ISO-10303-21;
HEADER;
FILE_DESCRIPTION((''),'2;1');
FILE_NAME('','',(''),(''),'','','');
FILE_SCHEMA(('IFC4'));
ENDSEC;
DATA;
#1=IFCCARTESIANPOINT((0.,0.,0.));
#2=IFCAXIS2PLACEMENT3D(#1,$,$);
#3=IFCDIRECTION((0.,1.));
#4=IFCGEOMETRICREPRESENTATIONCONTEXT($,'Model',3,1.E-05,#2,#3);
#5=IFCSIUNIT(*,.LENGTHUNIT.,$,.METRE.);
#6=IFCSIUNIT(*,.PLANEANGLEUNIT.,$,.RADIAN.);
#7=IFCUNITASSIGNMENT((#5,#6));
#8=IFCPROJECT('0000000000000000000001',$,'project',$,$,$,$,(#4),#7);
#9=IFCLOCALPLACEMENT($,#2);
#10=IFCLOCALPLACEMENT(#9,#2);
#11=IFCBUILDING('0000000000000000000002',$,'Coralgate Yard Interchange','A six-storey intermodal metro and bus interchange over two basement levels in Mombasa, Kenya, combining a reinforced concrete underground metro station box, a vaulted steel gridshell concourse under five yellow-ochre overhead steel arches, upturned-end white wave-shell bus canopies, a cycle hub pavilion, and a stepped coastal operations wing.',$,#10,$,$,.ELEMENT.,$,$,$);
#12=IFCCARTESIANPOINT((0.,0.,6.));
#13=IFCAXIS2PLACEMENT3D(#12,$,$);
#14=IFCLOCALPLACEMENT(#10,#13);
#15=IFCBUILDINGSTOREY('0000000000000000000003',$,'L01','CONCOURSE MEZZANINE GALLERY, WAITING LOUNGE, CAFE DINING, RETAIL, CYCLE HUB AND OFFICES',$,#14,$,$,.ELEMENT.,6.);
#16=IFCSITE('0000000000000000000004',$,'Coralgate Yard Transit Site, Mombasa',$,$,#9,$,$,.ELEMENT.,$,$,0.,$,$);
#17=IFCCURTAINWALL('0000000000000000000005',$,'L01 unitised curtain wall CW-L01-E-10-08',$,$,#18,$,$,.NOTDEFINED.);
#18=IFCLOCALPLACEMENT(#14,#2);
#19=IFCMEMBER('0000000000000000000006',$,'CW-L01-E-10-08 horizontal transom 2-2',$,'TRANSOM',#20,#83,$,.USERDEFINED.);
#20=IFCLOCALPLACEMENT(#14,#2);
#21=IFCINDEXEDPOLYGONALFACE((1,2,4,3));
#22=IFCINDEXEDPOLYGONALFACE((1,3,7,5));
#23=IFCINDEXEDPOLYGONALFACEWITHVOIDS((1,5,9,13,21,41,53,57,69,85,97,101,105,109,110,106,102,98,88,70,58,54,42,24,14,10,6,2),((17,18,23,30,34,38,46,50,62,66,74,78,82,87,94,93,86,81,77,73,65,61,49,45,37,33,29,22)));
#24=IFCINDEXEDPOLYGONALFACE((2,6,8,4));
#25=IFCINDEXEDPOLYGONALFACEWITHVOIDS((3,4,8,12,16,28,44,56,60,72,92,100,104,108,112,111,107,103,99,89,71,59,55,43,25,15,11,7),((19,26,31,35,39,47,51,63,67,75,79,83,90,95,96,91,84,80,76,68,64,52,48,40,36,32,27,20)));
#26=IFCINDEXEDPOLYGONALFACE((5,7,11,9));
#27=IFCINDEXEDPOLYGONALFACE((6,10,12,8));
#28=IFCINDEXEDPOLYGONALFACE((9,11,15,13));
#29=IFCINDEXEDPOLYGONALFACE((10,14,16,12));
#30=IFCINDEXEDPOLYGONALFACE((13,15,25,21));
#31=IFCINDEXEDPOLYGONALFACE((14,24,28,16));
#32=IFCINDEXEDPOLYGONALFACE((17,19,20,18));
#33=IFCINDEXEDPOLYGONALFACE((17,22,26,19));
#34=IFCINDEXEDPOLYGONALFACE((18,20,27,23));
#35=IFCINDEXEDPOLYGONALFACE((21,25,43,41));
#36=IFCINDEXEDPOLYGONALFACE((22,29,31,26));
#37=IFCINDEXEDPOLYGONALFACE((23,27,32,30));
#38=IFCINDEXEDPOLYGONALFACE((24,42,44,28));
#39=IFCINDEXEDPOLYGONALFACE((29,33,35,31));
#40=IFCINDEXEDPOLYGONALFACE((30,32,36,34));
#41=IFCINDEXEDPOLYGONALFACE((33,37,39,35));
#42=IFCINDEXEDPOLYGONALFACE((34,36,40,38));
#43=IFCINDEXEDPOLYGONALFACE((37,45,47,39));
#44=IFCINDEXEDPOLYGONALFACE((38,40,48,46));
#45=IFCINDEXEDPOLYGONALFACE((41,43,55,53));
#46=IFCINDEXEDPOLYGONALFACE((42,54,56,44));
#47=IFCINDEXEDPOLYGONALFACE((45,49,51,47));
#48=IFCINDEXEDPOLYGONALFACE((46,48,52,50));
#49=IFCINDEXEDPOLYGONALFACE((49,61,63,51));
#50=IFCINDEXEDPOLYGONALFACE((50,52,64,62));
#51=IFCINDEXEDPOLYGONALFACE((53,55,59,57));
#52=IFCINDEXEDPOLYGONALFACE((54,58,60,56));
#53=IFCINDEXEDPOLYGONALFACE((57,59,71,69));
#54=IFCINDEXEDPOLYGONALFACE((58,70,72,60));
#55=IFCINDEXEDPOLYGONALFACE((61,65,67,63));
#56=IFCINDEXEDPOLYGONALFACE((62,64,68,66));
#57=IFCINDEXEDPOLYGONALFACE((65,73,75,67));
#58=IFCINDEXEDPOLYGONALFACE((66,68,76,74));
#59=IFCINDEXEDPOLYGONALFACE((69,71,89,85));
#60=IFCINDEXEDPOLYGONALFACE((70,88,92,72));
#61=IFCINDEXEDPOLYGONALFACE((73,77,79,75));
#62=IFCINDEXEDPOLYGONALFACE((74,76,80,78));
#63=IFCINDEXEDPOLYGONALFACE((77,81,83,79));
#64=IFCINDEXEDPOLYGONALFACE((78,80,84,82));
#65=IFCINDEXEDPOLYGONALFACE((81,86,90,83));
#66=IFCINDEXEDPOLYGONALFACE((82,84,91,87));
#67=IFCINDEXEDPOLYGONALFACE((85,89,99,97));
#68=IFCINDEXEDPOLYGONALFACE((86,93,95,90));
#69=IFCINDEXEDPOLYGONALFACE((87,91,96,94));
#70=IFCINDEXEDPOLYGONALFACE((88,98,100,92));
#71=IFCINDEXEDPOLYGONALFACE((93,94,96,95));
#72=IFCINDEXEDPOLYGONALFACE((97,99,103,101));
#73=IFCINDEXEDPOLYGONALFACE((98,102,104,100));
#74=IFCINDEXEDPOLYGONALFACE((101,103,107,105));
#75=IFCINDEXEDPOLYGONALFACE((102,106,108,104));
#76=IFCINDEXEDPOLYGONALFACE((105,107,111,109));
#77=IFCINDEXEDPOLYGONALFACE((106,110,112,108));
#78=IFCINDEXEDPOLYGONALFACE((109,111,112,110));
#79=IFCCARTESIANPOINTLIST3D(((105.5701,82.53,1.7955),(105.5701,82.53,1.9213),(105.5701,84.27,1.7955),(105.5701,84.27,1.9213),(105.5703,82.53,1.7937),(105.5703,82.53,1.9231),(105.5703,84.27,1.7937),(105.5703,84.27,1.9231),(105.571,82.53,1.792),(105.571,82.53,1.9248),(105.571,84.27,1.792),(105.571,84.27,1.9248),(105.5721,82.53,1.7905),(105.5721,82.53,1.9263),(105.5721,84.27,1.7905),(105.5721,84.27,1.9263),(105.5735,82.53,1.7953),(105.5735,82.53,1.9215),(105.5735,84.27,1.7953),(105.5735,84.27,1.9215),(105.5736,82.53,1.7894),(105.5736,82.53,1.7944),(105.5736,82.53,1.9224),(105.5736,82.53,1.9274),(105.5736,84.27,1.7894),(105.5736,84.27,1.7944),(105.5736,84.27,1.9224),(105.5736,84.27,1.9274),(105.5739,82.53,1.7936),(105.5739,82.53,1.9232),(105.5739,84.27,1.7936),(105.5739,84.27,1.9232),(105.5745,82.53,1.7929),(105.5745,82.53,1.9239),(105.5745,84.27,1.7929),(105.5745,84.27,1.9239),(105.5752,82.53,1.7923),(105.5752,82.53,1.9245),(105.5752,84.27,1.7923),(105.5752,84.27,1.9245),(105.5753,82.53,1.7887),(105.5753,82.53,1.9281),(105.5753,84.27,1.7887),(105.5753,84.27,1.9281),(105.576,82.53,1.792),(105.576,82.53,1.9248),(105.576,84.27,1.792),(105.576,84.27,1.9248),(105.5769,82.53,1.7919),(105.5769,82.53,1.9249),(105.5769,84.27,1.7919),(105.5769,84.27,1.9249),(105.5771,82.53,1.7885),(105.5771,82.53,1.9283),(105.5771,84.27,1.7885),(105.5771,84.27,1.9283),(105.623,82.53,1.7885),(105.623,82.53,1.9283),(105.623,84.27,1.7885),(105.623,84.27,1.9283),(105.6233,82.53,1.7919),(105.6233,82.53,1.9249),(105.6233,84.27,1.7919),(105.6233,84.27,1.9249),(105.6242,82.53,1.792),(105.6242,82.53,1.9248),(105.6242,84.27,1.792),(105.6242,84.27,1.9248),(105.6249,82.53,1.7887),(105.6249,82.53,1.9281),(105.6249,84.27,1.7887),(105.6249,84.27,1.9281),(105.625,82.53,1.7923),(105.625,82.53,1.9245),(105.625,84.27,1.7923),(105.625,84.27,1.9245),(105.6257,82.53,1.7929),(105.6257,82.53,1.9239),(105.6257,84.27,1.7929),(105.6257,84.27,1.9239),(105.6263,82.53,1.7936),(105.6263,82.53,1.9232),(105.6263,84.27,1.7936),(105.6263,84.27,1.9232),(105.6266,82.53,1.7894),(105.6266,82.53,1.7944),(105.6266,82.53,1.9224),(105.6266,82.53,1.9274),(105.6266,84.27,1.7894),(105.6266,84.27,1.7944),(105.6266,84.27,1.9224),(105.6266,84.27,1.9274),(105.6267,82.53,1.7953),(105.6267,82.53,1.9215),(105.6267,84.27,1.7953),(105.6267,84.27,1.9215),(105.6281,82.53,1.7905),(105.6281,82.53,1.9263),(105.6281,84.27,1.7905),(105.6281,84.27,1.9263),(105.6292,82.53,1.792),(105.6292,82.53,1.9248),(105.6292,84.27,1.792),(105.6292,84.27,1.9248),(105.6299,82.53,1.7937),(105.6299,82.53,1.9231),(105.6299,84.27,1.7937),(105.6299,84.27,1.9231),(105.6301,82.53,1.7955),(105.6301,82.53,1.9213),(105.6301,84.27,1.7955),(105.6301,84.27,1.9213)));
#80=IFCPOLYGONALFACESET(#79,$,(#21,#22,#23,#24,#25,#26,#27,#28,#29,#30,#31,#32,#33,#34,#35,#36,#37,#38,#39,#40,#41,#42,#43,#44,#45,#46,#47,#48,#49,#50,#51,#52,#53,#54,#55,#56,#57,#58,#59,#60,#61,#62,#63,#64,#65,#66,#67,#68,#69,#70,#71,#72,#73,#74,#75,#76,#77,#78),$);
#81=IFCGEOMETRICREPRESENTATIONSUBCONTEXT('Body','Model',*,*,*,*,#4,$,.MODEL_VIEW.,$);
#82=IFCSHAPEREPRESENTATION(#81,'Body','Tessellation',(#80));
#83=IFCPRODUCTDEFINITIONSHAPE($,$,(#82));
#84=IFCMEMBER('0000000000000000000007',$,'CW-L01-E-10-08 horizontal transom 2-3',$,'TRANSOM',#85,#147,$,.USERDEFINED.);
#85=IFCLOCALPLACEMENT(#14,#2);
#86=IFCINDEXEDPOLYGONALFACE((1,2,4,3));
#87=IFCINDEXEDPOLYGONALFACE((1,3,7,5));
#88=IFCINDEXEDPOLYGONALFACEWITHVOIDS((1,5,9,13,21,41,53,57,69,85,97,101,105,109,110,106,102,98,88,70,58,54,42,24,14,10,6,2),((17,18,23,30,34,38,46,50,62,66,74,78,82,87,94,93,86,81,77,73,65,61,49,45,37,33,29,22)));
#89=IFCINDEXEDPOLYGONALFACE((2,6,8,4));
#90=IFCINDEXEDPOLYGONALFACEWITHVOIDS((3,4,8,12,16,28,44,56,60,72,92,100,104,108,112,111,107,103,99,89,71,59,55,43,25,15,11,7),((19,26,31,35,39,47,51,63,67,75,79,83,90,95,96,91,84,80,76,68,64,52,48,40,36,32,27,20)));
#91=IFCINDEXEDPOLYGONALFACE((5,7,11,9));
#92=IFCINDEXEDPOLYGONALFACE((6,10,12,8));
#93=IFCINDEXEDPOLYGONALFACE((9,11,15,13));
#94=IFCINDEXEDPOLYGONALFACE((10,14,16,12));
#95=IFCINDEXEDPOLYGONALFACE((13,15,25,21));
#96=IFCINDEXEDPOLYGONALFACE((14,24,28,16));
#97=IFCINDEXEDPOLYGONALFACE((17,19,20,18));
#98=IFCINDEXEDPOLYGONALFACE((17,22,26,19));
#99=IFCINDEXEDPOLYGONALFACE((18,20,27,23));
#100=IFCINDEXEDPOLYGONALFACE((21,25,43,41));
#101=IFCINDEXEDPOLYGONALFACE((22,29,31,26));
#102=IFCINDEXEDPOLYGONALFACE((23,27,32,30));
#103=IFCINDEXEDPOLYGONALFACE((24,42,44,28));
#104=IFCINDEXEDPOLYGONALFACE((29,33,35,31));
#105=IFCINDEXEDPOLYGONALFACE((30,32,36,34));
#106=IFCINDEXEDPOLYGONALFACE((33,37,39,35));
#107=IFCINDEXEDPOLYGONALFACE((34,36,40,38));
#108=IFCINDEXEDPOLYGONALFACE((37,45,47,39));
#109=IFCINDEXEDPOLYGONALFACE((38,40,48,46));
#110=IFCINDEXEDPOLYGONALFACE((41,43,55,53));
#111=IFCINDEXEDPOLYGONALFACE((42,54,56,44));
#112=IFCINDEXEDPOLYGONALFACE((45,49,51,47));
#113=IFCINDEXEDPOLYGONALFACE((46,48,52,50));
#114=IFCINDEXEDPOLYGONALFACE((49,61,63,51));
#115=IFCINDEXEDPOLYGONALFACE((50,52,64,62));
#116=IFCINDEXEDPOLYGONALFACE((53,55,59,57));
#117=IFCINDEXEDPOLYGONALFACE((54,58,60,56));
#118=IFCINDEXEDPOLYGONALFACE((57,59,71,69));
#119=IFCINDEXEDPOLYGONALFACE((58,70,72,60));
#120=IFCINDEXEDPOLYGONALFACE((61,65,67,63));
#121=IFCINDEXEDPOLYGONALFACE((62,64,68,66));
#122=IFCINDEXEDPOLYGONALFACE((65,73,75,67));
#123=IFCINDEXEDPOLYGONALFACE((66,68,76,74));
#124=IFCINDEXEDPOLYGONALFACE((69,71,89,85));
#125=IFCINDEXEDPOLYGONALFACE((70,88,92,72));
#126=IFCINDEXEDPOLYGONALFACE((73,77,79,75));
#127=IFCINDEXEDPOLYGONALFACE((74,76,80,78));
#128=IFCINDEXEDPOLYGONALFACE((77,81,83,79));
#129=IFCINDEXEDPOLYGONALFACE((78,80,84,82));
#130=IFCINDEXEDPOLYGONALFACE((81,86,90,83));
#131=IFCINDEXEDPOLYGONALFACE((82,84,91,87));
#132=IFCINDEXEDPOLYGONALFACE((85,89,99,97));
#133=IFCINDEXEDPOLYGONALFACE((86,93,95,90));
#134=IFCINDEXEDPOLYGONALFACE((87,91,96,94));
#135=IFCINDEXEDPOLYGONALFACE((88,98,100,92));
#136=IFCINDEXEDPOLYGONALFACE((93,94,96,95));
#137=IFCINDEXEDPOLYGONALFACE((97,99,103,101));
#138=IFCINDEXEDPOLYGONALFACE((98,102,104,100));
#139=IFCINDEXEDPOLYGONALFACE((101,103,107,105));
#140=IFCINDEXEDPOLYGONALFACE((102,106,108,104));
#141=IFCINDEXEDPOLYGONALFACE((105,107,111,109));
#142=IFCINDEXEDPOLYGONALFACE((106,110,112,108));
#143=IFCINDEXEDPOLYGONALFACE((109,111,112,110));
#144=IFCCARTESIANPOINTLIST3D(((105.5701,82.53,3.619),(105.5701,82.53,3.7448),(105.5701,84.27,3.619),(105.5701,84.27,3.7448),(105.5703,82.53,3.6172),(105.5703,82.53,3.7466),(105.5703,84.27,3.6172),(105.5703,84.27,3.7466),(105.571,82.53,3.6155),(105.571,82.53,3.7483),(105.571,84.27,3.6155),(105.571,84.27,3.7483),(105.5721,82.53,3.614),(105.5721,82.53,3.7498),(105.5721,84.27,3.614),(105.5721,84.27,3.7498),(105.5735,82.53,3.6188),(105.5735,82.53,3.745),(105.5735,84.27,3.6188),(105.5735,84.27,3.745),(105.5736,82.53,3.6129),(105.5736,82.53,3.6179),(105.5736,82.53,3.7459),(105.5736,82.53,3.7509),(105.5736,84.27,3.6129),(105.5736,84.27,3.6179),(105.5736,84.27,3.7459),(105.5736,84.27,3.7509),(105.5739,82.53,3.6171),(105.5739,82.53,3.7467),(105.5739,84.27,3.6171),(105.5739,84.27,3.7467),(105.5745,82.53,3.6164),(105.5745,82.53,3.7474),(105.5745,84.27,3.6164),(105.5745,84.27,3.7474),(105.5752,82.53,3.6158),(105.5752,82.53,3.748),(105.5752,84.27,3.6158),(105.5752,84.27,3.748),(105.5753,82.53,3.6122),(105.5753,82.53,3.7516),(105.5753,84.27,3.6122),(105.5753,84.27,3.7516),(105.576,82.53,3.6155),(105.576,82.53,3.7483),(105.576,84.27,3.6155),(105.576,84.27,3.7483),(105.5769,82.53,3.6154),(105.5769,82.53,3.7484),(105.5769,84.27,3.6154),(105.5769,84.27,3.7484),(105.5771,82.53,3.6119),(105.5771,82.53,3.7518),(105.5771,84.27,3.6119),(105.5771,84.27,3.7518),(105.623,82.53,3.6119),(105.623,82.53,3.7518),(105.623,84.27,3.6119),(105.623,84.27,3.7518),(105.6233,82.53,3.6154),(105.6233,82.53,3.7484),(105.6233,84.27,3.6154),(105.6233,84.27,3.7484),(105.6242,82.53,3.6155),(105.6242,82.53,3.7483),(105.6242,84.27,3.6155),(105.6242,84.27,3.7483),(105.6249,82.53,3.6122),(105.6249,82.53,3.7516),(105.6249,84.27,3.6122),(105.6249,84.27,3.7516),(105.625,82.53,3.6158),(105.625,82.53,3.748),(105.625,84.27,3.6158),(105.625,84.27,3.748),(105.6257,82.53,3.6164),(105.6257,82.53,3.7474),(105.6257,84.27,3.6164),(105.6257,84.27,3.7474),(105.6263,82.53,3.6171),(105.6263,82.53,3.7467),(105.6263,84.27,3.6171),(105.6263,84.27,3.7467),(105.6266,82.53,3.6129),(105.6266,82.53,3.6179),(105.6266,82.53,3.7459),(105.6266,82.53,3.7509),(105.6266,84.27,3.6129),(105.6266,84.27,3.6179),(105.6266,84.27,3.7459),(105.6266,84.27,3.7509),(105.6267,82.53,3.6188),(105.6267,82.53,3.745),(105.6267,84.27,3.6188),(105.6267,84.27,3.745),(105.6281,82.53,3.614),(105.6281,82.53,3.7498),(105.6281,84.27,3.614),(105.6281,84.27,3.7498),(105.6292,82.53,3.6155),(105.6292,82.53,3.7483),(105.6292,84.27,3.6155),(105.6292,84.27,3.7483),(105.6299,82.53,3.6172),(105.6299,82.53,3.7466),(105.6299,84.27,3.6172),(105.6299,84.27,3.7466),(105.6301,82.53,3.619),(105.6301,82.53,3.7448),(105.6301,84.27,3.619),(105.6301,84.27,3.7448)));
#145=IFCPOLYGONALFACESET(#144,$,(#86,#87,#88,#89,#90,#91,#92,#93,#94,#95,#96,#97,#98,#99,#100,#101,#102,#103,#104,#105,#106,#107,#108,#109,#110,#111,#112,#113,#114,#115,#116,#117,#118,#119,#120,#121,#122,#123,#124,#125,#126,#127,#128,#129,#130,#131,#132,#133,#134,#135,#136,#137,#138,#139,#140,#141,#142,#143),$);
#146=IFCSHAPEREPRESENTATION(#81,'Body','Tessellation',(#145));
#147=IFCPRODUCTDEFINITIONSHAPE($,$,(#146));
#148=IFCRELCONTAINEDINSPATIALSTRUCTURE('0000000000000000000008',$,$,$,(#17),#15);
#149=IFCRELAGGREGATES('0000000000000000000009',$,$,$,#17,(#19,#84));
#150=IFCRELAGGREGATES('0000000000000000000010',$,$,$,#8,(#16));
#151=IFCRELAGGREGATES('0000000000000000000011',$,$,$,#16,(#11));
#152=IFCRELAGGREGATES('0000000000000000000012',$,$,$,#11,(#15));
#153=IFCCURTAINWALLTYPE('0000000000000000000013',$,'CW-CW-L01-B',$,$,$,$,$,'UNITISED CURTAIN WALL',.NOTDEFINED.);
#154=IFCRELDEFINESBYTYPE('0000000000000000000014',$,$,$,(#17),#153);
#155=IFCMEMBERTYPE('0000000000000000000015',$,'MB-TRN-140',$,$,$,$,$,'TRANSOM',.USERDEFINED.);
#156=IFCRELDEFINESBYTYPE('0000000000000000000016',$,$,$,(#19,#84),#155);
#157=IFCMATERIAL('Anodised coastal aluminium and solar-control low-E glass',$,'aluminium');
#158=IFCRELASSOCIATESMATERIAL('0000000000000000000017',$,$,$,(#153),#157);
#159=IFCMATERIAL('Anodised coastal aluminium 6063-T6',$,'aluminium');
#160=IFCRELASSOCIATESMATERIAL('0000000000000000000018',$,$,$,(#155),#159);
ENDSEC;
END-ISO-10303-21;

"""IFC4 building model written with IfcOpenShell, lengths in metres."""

from ifc_helpers import new_model, si_unit, direction, frame, origin, origin_2d, place, context, subcontext, project, spatial, hollow_rectangle, extrude, material, material_profile, profile_set, type_object, element, aggregate, save


model = new_model("IFC4")

# Units and contexts
model_context = context("Model", 3, precision=1e-05, world=origin(), true_north=direction((0.0, 1.0)))
body_context = subcontext(model_context, "Body", "Model", "MODEL_VIEW")
ifc_project = project(units=[si_unit("LENGTHUNIT", "METRE"), si_unit("PLANEANGLEUNIT", "RADIAN")], contexts=[model_context])

# Site, building, storey
site_placement = place(None, origin())
site = spatial("IfcSite", under=ifc_project, at=site_placement, Name="Coralgate Yard Transit Site, Mombasa", CompositionType="ELEMENT", RefElevation=0.0)
building_placement = place(site_placement, origin())
building = spatial("IfcBuilding", under=site, at=building_placement, Name="Coralgate Yard Interchange", Description="A six-storey intermodal metro and bus interchange over two basement levels in Mombasa, Kenya, combining a reinforced concrete underground metro station box, a vaulted steel gridshell concourse under five yellow-ochre overhead steel arches, upturned-end white wave-shell bus canopies, a cycle hub pavilion, and a stepped coastal operations wing.", CompositionType="ELEMENT")
storey_placement = place(building_placement, frame((0.0, 0.0, 6.0)))
storey = spatial("IfcBuildingStorey", under=building, at=storey_placement, Name="L01", Description="CONCOURSE MEZZANINE GALLERY, WAITING LOUNGE, CAFE DINING, RETAIL, CYCLE HUB AND OFFICES", CompositionType="ELEMENT", Elevation=6.0)

# Curtain wall, members
ifc_material_1 = material(Name="Anodised coastal aluminium and solar-control low-E glass", Category="aluminium")
curtain_wall_type = type_object("IfcCurtainWallType", Name="CW-CW-L01-B", ElementType="UNITISED CURTAIN WALL", PredefinedType="NOTDEFINED", material=ifc_material_1)
curtain_wall_placement = place(storey_placement, origin())
curtain_wall = element("IfcCurtainWall", 1, at=curtain_wall_placement, inside=storey, type_object=curtain_wall_type, Name="L01 unitised curtain wall CW-L01-E-10-08", PredefinedType="NOTDEFINED")
ifc_material_2 = material(Name="Anodised coastal aluminium 6063-T6", Category="aluminium")
ifc_material_profile_1 = material_profile(ifc_material_2, hollow_rectangle(XDim=0.0601, YDim=0.1399, WallThickness=0.0034, InnerFilletRadius=0.0034, OuterFilletRadius=0.0071, at=origin_2d()), Name="ALU 60x140x3.5")
ifc_profile_set_1 = profile_set([ifc_material_profile_1], Name="Anodised coastal aluminium 6063-T6")
member_type_1 = type_object("IfcMemberType", Name="MB-TRN-140", ElementType="TRANSOM", PredefinedType="USERDEFINED", material=ifc_profile_set_1)
member_1_placement = place(storey_placement, frame((105.6001, 84.27, 1.8584), z_axis=(0.0, -1.0, 0.0), x_axis=(1.0, 0.0, 0.0)))
member_1 = element("IfcMember", 2, at=member_1_placement, type_object=member_type_1, Name="CW-L01-E-10-08 horizontal transom 2-2", ObjectType="TRANSOM", PredefinedType="USERDEFINED", context=body_context, shape_type="SweptSolid", body=[
    extrude(hollow_rectangle(XDim=0.0601, YDim=0.1399, WallThickness=0.0034, InnerFilletRadius=0.0034, OuterFilletRadius=0.0071, at=origin_2d()), origin(), (0.0, 0.0, 1.0), 1.74),
])
member_2_placement = place(storey_placement, frame((105.6001, 84.27, 3.6819), z_axis=(0.0, -1.0, 0.0), x_axis=(1.0, 0.0, 0.0)))
member_2 = element("IfcMember", 3, at=member_2_placement, type_object=member_type_1, Name="CW-L01-E-10-08 horizontal transom 2-3", ObjectType="TRANSOM", PredefinedType="USERDEFINED", context=body_context, shape_type="SweptSolid", body=[
    extrude(hollow_rectangle(XDim=0.0601, YDim=0.1399, WallThickness=0.0034, InnerFilletRadius=0.0034, OuterFilletRadius=0.0071, at=origin_2d()), origin(), (0.0, 0.0, 1.0), 1.74),
])
aggregate(curtain_wall, [member_1, member_2])

save(model, "model.ifc")
